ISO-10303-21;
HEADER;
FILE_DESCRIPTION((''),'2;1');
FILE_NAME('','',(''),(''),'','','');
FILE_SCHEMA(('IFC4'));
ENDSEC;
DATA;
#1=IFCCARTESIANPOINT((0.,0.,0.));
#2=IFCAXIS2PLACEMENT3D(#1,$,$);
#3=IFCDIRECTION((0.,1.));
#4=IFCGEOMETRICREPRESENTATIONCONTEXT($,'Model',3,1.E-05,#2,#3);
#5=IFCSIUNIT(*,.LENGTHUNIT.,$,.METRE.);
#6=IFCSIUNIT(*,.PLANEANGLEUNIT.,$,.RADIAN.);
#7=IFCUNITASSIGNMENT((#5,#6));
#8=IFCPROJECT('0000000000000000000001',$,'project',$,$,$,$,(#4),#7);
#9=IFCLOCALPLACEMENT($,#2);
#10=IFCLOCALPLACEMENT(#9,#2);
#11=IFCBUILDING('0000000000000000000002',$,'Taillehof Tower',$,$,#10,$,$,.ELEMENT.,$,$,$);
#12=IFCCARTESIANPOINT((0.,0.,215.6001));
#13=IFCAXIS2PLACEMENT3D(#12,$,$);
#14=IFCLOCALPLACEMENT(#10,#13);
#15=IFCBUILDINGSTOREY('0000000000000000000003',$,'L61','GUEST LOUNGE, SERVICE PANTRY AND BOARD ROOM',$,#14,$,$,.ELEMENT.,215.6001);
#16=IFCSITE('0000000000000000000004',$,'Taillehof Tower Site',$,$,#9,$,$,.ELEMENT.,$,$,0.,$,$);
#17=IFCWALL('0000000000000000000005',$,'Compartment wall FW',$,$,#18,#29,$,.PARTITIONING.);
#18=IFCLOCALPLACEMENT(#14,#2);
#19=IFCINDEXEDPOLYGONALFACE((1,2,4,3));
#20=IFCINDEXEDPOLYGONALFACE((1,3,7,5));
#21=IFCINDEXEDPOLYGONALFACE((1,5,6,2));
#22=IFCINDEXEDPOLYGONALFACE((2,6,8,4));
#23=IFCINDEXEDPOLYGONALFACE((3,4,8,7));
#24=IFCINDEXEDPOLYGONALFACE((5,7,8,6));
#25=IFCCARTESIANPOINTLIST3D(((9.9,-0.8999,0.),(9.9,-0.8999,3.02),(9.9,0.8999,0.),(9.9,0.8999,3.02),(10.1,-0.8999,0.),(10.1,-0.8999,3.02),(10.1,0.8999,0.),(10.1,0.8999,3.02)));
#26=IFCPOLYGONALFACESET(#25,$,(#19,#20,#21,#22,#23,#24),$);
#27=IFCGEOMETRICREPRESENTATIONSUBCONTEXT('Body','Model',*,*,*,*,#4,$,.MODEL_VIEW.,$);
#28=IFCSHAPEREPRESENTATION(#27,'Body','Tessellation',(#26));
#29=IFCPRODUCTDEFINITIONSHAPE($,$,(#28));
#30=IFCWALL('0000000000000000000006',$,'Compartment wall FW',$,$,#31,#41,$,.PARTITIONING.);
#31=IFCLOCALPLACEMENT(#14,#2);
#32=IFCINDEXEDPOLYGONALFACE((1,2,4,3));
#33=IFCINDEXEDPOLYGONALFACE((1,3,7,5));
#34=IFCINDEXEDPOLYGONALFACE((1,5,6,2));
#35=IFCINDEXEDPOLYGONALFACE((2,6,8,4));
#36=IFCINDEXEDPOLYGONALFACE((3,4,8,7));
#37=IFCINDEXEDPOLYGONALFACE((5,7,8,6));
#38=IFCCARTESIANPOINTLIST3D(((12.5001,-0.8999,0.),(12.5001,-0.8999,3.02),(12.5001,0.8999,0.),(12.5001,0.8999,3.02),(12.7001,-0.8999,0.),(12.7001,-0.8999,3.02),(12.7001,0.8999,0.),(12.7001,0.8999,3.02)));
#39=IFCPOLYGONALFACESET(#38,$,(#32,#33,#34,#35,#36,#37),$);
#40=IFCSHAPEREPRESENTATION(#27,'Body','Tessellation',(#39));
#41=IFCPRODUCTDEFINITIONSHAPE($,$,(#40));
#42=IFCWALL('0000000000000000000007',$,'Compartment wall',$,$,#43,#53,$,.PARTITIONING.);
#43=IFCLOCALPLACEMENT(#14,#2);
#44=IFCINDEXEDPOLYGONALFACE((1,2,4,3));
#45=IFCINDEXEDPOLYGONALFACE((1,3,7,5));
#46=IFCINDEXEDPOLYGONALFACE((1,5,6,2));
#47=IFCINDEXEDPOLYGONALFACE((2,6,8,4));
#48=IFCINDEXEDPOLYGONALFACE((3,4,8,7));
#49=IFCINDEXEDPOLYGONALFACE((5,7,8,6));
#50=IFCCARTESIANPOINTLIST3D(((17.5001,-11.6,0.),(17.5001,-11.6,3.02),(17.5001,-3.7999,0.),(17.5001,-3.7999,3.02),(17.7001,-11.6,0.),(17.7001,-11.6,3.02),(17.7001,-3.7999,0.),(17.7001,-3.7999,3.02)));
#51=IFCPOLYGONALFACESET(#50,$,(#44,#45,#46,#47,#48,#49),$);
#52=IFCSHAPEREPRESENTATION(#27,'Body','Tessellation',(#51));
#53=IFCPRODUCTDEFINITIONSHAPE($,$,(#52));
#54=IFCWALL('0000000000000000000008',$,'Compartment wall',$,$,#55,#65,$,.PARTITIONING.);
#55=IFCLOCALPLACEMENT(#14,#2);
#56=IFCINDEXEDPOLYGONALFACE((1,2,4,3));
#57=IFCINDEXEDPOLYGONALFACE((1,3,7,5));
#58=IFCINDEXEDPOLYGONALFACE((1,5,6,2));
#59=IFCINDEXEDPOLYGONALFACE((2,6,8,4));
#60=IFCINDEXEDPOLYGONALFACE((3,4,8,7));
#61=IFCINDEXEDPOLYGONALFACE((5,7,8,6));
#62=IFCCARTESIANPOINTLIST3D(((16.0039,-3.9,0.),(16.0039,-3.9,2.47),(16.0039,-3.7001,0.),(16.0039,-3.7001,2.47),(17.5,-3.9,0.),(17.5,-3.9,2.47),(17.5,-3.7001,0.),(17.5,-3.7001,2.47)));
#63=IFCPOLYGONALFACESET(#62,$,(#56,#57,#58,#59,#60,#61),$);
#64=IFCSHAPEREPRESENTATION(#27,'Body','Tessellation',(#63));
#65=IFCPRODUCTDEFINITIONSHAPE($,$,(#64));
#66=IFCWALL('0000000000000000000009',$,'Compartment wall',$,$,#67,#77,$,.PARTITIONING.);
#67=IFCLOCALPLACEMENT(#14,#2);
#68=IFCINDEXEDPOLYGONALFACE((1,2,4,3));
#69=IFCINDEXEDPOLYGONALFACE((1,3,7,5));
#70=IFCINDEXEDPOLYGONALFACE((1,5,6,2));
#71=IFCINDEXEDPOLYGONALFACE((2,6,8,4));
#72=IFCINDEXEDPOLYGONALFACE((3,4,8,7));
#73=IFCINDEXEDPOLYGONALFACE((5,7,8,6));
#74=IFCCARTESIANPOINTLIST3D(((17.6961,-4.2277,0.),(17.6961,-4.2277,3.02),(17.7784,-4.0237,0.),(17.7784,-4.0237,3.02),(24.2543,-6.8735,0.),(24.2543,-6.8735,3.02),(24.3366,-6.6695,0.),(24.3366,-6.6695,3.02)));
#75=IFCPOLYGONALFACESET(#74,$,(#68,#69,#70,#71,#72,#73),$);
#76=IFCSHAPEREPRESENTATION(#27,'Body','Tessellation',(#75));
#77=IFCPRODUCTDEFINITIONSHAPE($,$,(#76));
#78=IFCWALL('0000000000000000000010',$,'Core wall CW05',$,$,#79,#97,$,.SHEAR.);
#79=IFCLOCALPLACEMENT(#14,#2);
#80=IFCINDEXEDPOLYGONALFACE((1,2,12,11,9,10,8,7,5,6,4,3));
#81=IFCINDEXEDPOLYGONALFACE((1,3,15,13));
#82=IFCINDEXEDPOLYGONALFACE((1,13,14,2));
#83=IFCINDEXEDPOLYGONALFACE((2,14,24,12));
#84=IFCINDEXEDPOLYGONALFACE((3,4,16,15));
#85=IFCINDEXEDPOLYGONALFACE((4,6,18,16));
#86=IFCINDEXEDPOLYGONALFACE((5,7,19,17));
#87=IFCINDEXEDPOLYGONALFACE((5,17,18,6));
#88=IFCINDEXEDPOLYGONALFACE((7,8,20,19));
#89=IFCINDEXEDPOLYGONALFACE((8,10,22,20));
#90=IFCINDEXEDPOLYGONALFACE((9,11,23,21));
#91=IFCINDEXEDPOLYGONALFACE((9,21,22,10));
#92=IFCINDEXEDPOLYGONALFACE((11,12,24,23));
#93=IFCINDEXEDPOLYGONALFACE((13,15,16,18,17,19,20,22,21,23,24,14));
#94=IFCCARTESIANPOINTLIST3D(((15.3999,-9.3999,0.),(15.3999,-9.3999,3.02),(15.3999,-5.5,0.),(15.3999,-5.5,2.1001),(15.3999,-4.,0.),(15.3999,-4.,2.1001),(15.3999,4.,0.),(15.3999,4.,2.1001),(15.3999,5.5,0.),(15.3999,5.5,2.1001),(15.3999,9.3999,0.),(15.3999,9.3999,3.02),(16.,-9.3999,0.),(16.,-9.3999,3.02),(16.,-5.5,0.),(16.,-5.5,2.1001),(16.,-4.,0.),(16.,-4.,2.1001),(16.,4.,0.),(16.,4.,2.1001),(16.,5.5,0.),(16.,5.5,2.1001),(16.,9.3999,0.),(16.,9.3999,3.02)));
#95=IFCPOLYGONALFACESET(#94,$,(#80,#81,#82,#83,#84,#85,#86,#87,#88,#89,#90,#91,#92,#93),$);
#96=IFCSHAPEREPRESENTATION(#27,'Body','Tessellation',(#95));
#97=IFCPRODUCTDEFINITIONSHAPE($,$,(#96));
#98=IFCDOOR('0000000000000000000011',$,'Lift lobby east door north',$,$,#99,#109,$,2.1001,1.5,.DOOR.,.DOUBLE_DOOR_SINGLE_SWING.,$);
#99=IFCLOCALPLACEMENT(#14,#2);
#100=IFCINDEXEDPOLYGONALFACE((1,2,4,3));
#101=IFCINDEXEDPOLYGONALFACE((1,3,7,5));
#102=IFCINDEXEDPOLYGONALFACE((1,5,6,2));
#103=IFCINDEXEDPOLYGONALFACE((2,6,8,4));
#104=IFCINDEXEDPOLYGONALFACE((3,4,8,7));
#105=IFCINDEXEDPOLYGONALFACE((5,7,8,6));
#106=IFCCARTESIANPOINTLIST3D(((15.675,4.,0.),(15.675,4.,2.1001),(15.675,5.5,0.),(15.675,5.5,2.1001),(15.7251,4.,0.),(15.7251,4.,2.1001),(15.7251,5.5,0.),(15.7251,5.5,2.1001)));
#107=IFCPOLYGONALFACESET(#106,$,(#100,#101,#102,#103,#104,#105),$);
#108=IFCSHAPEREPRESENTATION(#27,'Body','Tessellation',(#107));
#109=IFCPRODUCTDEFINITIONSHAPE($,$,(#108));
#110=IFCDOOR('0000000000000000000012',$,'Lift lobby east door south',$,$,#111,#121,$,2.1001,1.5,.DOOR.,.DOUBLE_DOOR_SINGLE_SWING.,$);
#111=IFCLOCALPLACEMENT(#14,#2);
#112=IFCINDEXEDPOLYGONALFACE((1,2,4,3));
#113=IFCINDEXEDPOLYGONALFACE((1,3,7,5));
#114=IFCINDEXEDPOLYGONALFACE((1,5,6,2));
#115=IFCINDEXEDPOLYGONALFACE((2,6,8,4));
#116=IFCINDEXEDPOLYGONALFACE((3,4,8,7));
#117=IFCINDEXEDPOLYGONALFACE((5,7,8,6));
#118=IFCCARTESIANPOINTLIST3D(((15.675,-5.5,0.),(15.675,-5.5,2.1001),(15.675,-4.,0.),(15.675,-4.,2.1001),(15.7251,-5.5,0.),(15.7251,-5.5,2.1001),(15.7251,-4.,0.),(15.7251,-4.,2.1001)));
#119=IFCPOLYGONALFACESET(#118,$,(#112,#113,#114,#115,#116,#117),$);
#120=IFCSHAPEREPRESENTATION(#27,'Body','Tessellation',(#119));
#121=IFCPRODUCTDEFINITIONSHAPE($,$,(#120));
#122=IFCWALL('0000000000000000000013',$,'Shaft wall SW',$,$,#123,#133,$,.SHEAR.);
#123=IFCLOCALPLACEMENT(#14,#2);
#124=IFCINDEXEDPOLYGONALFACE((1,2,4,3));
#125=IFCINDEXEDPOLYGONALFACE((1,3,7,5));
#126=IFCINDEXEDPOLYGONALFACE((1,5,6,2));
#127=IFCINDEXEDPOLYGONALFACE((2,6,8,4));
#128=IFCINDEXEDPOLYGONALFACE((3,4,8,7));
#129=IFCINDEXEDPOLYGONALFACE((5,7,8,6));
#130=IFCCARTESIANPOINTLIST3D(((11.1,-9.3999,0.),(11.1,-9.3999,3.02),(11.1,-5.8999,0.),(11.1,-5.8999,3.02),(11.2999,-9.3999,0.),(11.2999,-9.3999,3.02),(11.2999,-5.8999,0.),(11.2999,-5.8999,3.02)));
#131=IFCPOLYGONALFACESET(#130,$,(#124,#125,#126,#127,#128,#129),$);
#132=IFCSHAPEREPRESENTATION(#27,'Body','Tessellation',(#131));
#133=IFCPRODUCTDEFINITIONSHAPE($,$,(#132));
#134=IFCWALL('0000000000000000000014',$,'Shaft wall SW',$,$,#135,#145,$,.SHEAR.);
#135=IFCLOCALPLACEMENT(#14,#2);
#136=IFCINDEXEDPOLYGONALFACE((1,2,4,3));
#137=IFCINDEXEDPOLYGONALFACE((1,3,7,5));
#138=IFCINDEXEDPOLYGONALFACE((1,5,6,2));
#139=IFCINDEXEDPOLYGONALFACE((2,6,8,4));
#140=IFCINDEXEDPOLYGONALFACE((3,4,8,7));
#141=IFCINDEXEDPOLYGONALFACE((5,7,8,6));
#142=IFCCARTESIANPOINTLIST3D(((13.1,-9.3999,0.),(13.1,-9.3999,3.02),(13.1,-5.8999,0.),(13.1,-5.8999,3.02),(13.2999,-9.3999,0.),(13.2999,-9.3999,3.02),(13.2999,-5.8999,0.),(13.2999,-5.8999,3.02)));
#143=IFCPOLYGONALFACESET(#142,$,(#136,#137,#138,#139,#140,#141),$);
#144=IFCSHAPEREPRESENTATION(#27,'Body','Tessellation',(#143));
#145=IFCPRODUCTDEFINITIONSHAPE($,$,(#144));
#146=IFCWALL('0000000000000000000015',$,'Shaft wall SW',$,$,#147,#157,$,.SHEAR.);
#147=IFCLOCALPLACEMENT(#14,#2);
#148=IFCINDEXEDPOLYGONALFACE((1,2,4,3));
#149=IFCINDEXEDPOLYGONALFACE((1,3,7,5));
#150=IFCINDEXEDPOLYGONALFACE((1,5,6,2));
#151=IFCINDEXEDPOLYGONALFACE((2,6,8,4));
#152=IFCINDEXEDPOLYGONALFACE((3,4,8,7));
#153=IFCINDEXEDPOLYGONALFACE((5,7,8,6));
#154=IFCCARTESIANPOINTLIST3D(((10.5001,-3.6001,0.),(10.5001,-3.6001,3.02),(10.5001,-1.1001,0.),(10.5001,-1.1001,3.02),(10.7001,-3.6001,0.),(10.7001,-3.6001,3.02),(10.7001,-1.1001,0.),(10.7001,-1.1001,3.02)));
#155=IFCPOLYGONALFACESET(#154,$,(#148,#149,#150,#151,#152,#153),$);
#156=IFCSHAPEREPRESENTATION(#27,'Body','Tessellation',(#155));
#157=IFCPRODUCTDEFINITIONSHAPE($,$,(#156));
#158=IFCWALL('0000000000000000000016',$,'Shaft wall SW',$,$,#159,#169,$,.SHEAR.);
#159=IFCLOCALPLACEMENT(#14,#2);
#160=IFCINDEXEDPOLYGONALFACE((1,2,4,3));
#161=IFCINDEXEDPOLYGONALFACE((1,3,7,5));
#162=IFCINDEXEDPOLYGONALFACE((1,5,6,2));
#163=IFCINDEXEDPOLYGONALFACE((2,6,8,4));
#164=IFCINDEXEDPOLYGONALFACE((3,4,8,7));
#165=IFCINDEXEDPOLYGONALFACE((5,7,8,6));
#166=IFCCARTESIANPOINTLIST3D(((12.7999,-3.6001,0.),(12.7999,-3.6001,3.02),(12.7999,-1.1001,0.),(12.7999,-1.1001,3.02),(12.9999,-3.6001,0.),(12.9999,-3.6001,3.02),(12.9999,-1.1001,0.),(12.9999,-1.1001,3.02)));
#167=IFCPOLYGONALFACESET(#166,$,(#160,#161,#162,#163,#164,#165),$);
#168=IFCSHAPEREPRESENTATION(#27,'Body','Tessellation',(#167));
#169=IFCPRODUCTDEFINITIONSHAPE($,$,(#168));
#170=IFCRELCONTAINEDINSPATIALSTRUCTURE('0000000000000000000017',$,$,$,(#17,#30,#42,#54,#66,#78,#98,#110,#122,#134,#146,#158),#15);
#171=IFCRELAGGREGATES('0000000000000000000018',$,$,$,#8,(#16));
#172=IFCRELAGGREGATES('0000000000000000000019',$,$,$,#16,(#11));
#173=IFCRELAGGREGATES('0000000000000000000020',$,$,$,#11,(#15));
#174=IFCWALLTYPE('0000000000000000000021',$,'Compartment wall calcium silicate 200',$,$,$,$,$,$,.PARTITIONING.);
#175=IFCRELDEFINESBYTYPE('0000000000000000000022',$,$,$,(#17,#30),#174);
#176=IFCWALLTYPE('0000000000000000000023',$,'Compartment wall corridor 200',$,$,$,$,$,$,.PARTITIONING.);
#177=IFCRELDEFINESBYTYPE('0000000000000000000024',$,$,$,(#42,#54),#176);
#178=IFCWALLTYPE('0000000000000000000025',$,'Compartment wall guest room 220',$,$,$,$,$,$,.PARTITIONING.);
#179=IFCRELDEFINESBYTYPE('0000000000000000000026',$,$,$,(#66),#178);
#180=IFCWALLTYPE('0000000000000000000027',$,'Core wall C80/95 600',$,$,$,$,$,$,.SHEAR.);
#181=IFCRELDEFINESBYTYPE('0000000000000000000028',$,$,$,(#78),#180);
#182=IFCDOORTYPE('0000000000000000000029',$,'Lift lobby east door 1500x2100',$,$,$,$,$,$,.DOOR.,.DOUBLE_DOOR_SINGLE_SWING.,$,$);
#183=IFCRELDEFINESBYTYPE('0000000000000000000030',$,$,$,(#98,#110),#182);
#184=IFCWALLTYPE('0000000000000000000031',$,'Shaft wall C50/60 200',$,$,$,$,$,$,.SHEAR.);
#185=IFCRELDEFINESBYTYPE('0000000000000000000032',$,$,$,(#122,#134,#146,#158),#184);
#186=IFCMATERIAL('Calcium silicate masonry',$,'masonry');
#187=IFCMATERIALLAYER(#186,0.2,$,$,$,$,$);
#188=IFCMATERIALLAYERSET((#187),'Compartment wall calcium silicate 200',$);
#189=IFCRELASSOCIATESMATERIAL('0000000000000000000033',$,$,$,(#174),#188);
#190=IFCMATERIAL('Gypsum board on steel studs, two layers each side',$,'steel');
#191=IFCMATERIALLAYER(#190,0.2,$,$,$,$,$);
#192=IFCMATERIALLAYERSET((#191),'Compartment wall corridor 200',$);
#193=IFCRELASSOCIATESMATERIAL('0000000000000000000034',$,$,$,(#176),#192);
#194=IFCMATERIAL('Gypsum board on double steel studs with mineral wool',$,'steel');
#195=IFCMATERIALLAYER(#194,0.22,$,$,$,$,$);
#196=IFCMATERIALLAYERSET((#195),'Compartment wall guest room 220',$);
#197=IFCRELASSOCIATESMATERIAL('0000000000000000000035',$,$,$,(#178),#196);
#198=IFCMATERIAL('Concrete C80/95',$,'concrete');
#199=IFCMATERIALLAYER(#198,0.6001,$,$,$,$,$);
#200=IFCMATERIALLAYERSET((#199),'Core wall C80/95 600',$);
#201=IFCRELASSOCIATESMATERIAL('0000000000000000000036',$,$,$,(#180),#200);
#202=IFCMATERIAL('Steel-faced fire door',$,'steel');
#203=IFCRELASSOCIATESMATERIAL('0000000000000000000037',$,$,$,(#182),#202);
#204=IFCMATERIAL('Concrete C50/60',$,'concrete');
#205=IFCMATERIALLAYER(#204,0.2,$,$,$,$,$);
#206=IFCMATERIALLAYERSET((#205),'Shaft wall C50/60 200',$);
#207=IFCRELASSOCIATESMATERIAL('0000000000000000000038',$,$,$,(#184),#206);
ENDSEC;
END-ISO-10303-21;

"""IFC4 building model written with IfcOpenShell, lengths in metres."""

from ifc_helpers import new_model, si_unit, direction, frame, frame_2d, origin, place, context, subcontext, project, spatial, rectangle, extrude, material, layer, layer_set, type_object, element, fill, save


model = new_model("IFC4")

# Units and contexts
model_context = context("Model", 3, precision=1e-05, world=origin(), true_north=direction((0.0, 1.0)))
body_context = subcontext(model_context, "Body", "Model", "MODEL_VIEW")
ifc_project = project(units=[si_unit("LENGTHUNIT", "METRE"), si_unit("PLANEANGLEUNIT", "RADIAN")], contexts=[model_context])

# Site, building, storey
site_placement = place(None, origin())
site = spatial("IfcSite", under=ifc_project, at=site_placement, Name="Taillehof Tower Site", CompositionType="ELEMENT", RefElevation=0.0)
building_placement = place(site_placement, origin())
building = spatial("IfcBuilding", under=site, at=building_placement, Name="Taillehof Tower", CompositionType="ELEMENT")
storey_placement = place(building_placement, frame((0.0, 0.0, 215.6001)))
storey = spatial("IfcBuildingStorey", under=building, at=storey_placement, Name="L61", Description="GUEST LOUNGE, SERVICE PANTRY AND BOARD ROOM", CompositionType="ELEMENT", Elevation=215.6001)

# Walls
ifc_material_1 = material(Name="Calcium silicate masonry", Category="masonry")
ifc_layer_1 = layer(ifc_material_1, 0.2)
ifc_layer_set_1 = layer_set([ifc_layer_1], Name="Compartment wall calcium silicate 200")
wall_type_1 = type_object("IfcWallType", Name="Compartment wall calcium silicate 200", PredefinedType="PARTITIONING", material=ifc_layer_set_1)
for number, where, z_axis, x_axis, name in (
    (1, (10.0, -0.8999, 0.0), (0.0, 0.0, 1.0), (0.0, 1.0, 0.0), "Compartment wall FW"),
    (2, (12.6001, -0.8999, 0.0), (0.0, 0.0, 1.0), (0.0, 1.0, 0.0), "Compartment wall FW"),
):
    element("IfcWall", number, at=place(storey_placement, frame(where, z_axis=z_axis, x_axis=x_axis)), inside=storey, type_object=wall_type_1, Name=name, PredefinedType="PARTITIONING", context=body_context, shape_type="SweptSolid", body=[
        extrude(rectangle(XDim=1.7998, YDim=0.2, at=frame_2d((0.8999, 0.0))), origin(), (0.0, 0.0, 1.0), 3.02),
    ])
ifc_material_2 = material(Name="Gypsum board on steel studs, two layers each side", Category="steel")
ifc_layer_2 = layer(ifc_material_2, 0.2)
ifc_layer_set_2 = layer_set([ifc_layer_2], Name="Compartment wall corridor 200")
wall_type_2 = type_object("IfcWallType", Name="Compartment wall corridor 200", PredefinedType="PARTITIONING", material=ifc_layer_set_2)
wall_1_placement = place(storey_placement, frame((17.6001, -3.8, 0.0), z_axis=(0.0, 0.0, 1.0), x_axis=(0.0, -1.0, 0.0)))
element("IfcWall", 3, at=wall_1_placement, inside=storey, type_object=wall_type_2, Name="Compartment wall", PredefinedType="PARTITIONING", context=body_context, shape_type="SweptSolid", body=[
    extrude(rectangle(XDim=7.8, YDim=0.2, at=frame_2d((3.8999, 0.0))), origin(), (0.0, 0.0, 1.0), 3.02),
])
wall_2_placement = place(storey_placement, frame((16.0039, -3.8, 0.0), z_axis=(0.0, 0.0, 1.0), x_axis=(1.0, 0.0, 0.0)))
element("IfcWall", 4, at=wall_2_placement, inside=storey, type_object=wall_type_2, Name="Compartment wall", PredefinedType="PARTITIONING", context=body_context, shape_type="SweptSolid", body=[
    extrude(rectangle(XDim=1.4961, YDim=0.2, at=frame_2d((0.748, 0.0))), origin(), (0.0, 0.0, 1.0), 2.47),
])
ifc_material_3 = material(Name="Gypsum board on double steel studs with mineral wool", Category="steel")
ifc_layer_3 = layer(ifc_material_3, 0.22)
ifc_layer_set_3 = layer_set([ifc_layer_3], Name="Compartment wall guest room 220")
wall_type_3 = type_object("IfcWallType", Name="Compartment wall guest room 220", PredefinedType="PARTITIONING", material=ifc_layer_set_3)
wall_3_placement = place(storey_placement, frame((24.2954, -6.7715, 0.0), z_axis=(0.0, 0.0, 1.0), x_axis=(-0.927375, 0.374133, 0.0)))
element("IfcWall", 5, at=wall_3_placement, inside=storey, type_object=wall_type_3, Name="Compartment wall", PredefinedType="PARTITIONING", context=body_context, shape_type="SweptSolid", body=[
    extrude(rectangle(XDim=7.0718, YDim=0.22, at=frame_2d((3.5359, 0.0))), origin(), (0.0, 0.0, 1.0), 3.02),
])

# Wall, openings, doors
ifc_material_4 = material(Name="Concrete C80/95", Category="concrete")
ifc_layer_4 = layer(ifc_material_4, 0.6001)
ifc_layer_set_4 = layer_set([ifc_layer_4], Name="Core wall C80/95 600")
wall_type_4 = type_object("IfcWallType", Name="Core wall C80/95 600", PredefinedType="SHEAR", material=ifc_layer_set_4)
wall_4_placement = place(storey_placement, frame((15.7, -9.3999, 0.0), z_axis=(0.0, 0.0, 1.0), x_axis=(0.0, 1.0, 0.0)))
wall_4 = element("IfcWall", 6, at=wall_4_placement, inside=storey, type_object=wall_type_4, Name="Core wall CW05", PredefinedType="SHEAR", context=body_context, shape_type="SweptSolid", body=[
    extrude(rectangle(XDim=18.7998, YDim=0.6001, at=frame_2d((9.3999, 0.0))), origin(), (0.0, 0.0, 1.0), 3.02),
])
opening_1_placement = place(wall_4_placement, frame((13.3999, 0.0, 0.0)))
opening_1 = element("IfcOpeningElement", 7, at=opening_1_placement, cuts=wall_4, PredefinedType="OPENING", context=body_context, shape_type="SweptSolid", body=[
    extrude(rectangle(XDim=1.5, YDim=2.1001, at=frame_2d((0.75, 1.05))), frame((0.0, 0.3101, 0.0), z_axis=(0.0, -1.0, 0.0), x_axis=(1.0, 0.0, 0.0)), (0.0, 0.0, 1.0), 0.6201),
])
opening_2_placement = place(wall_4_placement, frame((3.8999, 0.0, 0.0)))
opening_2 = element("IfcOpeningElement", 8, at=opening_2_placement, cuts=wall_4, PredefinedType="OPENING", context=body_context, shape_type="SweptSolid", body=[
    extrude(rectangle(XDim=1.5, YDim=2.1001, at=frame_2d((0.75, 1.05))), frame((0.0, 0.3101, 0.0), z_axis=(0.0, -1.0, 0.0), x_axis=(1.0, 0.0, 0.0)), (0.0, 0.0, 1.0), 0.6201),
])
ifc_material_5 = material(Name="Steel-faced fire door", Category="steel")
door_type = type_object("IfcDoorType", Name="Lift lobby east door 1500x2100", OperationType="DOUBLE_DOOR_SINGLE_SWING", PredefinedType="DOOR", material=ifc_material_5)
door_1_placement = place(opening_1_placement, origin())
door_1 = element("IfcDoor", 9, at=door_1_placement, inside=storey, type_object=door_type, Name="Lift lobby east door north", OperationType="DOUBLE_DOOR_SINGLE_SWING", OverallHeight=2.1001, OverallWidth=1.5, PredefinedType="DOOR", context=body_context, shape_type="SweptSolid", body=[
    extrude(rectangle(XDim=1.5, YDim=2.1001, at=frame_2d((0.75, 1.05))), frame((0.0, 0.0249, 0.0), z_axis=(0.0, -1.0, 0.0), x_axis=(1.0, 0.0, 0.0)), (0.0, 0.0, 1.0), 0.05),
])
fill(opening_1, door_1)
door_2_placement = place(opening_2_placement, origin())
door_2 = element("IfcDoor", 10, at=door_2_placement, inside=storey, type_object=door_type, Name="Lift lobby east door south", OperationType="DOUBLE_DOOR_SINGLE_SWING", OverallHeight=2.1001, OverallWidth=1.5, PredefinedType="DOOR", context=body_context, shape_type="SweptSolid", body=[
    extrude(rectangle(XDim=1.5, YDim=2.1001, at=frame_2d((0.75, 1.05))), frame((0.0, 0.0249, 0.0), z_axis=(0.0, -1.0, 0.0), x_axis=(1.0, 0.0, 0.0)), (0.0, 0.0, 1.0), 0.05),
])
fill(opening_2, door_2)

# Walls
ifc_material_6 = material(Name="Concrete C50/60", Category="concrete")
ifc_layer_5 = layer(ifc_material_6, 0.2)
ifc_layer_set_5 = layer_set([ifc_layer_5], Name="Shaft wall C50/60 200")
wall_type_5 = type_object("IfcWallType", Name="Shaft wall C50/60 200", PredefinedType="SHEAR", material=ifc_layer_set_5)
for number, where, z_axis, x_axis, name in (
    (11, (11.2, -9.3999, 0.0), (0.0, 0.0, 1.0), (0.0, 1.0, 0.0), "Shaft wall SW"),
    (12, (13.2, -9.3999, 0.0), (0.0, 0.0, 1.0), (0.0, 1.0, 0.0), "Shaft wall SW"),
):
    element("IfcWall", number, at=place(storey_placement, frame(where, z_axis=z_axis, x_axis=x_axis)), inside=storey, type_object=wall_type_5, Name=name, PredefinedType="SHEAR", context=body_context, shape_type="SweptSolid", body=[
        extrude(rectangle(XDim=3.5, YDim=0.2, at=frame_2d((1.75, 0.0))), origin(), (0.0, 0.0, 1.0), 3.02),
    ])
for number, where, z_axis, x_axis, name in (
    (13, (10.6001, -3.6001, 0.0), (0.0, 0.0, 1.0), (0.0, 1.0, 0.0), "Shaft wall SW"),
    (14, (12.8999, -3.6001, 0.0), (0.0, 0.0, 1.0), (0.0, 1.0, 0.0), "Shaft wall SW"),
):
    element("IfcWall", number, at=place(storey_placement, frame(where, z_axis=z_axis, x_axis=x_axis)), inside=storey, type_object=wall_type_5, Name=name, PredefinedType="SHEAR", context=body_context, shape_type="SweptSolid", body=[
        extrude(rectangle(XDim=2.5, YDim=0.2, at=frame_2d((1.25, 0.0))), origin(), (0.0, 0.0, 1.0), 3.02),
    ])

save(model, "model.ifc")
